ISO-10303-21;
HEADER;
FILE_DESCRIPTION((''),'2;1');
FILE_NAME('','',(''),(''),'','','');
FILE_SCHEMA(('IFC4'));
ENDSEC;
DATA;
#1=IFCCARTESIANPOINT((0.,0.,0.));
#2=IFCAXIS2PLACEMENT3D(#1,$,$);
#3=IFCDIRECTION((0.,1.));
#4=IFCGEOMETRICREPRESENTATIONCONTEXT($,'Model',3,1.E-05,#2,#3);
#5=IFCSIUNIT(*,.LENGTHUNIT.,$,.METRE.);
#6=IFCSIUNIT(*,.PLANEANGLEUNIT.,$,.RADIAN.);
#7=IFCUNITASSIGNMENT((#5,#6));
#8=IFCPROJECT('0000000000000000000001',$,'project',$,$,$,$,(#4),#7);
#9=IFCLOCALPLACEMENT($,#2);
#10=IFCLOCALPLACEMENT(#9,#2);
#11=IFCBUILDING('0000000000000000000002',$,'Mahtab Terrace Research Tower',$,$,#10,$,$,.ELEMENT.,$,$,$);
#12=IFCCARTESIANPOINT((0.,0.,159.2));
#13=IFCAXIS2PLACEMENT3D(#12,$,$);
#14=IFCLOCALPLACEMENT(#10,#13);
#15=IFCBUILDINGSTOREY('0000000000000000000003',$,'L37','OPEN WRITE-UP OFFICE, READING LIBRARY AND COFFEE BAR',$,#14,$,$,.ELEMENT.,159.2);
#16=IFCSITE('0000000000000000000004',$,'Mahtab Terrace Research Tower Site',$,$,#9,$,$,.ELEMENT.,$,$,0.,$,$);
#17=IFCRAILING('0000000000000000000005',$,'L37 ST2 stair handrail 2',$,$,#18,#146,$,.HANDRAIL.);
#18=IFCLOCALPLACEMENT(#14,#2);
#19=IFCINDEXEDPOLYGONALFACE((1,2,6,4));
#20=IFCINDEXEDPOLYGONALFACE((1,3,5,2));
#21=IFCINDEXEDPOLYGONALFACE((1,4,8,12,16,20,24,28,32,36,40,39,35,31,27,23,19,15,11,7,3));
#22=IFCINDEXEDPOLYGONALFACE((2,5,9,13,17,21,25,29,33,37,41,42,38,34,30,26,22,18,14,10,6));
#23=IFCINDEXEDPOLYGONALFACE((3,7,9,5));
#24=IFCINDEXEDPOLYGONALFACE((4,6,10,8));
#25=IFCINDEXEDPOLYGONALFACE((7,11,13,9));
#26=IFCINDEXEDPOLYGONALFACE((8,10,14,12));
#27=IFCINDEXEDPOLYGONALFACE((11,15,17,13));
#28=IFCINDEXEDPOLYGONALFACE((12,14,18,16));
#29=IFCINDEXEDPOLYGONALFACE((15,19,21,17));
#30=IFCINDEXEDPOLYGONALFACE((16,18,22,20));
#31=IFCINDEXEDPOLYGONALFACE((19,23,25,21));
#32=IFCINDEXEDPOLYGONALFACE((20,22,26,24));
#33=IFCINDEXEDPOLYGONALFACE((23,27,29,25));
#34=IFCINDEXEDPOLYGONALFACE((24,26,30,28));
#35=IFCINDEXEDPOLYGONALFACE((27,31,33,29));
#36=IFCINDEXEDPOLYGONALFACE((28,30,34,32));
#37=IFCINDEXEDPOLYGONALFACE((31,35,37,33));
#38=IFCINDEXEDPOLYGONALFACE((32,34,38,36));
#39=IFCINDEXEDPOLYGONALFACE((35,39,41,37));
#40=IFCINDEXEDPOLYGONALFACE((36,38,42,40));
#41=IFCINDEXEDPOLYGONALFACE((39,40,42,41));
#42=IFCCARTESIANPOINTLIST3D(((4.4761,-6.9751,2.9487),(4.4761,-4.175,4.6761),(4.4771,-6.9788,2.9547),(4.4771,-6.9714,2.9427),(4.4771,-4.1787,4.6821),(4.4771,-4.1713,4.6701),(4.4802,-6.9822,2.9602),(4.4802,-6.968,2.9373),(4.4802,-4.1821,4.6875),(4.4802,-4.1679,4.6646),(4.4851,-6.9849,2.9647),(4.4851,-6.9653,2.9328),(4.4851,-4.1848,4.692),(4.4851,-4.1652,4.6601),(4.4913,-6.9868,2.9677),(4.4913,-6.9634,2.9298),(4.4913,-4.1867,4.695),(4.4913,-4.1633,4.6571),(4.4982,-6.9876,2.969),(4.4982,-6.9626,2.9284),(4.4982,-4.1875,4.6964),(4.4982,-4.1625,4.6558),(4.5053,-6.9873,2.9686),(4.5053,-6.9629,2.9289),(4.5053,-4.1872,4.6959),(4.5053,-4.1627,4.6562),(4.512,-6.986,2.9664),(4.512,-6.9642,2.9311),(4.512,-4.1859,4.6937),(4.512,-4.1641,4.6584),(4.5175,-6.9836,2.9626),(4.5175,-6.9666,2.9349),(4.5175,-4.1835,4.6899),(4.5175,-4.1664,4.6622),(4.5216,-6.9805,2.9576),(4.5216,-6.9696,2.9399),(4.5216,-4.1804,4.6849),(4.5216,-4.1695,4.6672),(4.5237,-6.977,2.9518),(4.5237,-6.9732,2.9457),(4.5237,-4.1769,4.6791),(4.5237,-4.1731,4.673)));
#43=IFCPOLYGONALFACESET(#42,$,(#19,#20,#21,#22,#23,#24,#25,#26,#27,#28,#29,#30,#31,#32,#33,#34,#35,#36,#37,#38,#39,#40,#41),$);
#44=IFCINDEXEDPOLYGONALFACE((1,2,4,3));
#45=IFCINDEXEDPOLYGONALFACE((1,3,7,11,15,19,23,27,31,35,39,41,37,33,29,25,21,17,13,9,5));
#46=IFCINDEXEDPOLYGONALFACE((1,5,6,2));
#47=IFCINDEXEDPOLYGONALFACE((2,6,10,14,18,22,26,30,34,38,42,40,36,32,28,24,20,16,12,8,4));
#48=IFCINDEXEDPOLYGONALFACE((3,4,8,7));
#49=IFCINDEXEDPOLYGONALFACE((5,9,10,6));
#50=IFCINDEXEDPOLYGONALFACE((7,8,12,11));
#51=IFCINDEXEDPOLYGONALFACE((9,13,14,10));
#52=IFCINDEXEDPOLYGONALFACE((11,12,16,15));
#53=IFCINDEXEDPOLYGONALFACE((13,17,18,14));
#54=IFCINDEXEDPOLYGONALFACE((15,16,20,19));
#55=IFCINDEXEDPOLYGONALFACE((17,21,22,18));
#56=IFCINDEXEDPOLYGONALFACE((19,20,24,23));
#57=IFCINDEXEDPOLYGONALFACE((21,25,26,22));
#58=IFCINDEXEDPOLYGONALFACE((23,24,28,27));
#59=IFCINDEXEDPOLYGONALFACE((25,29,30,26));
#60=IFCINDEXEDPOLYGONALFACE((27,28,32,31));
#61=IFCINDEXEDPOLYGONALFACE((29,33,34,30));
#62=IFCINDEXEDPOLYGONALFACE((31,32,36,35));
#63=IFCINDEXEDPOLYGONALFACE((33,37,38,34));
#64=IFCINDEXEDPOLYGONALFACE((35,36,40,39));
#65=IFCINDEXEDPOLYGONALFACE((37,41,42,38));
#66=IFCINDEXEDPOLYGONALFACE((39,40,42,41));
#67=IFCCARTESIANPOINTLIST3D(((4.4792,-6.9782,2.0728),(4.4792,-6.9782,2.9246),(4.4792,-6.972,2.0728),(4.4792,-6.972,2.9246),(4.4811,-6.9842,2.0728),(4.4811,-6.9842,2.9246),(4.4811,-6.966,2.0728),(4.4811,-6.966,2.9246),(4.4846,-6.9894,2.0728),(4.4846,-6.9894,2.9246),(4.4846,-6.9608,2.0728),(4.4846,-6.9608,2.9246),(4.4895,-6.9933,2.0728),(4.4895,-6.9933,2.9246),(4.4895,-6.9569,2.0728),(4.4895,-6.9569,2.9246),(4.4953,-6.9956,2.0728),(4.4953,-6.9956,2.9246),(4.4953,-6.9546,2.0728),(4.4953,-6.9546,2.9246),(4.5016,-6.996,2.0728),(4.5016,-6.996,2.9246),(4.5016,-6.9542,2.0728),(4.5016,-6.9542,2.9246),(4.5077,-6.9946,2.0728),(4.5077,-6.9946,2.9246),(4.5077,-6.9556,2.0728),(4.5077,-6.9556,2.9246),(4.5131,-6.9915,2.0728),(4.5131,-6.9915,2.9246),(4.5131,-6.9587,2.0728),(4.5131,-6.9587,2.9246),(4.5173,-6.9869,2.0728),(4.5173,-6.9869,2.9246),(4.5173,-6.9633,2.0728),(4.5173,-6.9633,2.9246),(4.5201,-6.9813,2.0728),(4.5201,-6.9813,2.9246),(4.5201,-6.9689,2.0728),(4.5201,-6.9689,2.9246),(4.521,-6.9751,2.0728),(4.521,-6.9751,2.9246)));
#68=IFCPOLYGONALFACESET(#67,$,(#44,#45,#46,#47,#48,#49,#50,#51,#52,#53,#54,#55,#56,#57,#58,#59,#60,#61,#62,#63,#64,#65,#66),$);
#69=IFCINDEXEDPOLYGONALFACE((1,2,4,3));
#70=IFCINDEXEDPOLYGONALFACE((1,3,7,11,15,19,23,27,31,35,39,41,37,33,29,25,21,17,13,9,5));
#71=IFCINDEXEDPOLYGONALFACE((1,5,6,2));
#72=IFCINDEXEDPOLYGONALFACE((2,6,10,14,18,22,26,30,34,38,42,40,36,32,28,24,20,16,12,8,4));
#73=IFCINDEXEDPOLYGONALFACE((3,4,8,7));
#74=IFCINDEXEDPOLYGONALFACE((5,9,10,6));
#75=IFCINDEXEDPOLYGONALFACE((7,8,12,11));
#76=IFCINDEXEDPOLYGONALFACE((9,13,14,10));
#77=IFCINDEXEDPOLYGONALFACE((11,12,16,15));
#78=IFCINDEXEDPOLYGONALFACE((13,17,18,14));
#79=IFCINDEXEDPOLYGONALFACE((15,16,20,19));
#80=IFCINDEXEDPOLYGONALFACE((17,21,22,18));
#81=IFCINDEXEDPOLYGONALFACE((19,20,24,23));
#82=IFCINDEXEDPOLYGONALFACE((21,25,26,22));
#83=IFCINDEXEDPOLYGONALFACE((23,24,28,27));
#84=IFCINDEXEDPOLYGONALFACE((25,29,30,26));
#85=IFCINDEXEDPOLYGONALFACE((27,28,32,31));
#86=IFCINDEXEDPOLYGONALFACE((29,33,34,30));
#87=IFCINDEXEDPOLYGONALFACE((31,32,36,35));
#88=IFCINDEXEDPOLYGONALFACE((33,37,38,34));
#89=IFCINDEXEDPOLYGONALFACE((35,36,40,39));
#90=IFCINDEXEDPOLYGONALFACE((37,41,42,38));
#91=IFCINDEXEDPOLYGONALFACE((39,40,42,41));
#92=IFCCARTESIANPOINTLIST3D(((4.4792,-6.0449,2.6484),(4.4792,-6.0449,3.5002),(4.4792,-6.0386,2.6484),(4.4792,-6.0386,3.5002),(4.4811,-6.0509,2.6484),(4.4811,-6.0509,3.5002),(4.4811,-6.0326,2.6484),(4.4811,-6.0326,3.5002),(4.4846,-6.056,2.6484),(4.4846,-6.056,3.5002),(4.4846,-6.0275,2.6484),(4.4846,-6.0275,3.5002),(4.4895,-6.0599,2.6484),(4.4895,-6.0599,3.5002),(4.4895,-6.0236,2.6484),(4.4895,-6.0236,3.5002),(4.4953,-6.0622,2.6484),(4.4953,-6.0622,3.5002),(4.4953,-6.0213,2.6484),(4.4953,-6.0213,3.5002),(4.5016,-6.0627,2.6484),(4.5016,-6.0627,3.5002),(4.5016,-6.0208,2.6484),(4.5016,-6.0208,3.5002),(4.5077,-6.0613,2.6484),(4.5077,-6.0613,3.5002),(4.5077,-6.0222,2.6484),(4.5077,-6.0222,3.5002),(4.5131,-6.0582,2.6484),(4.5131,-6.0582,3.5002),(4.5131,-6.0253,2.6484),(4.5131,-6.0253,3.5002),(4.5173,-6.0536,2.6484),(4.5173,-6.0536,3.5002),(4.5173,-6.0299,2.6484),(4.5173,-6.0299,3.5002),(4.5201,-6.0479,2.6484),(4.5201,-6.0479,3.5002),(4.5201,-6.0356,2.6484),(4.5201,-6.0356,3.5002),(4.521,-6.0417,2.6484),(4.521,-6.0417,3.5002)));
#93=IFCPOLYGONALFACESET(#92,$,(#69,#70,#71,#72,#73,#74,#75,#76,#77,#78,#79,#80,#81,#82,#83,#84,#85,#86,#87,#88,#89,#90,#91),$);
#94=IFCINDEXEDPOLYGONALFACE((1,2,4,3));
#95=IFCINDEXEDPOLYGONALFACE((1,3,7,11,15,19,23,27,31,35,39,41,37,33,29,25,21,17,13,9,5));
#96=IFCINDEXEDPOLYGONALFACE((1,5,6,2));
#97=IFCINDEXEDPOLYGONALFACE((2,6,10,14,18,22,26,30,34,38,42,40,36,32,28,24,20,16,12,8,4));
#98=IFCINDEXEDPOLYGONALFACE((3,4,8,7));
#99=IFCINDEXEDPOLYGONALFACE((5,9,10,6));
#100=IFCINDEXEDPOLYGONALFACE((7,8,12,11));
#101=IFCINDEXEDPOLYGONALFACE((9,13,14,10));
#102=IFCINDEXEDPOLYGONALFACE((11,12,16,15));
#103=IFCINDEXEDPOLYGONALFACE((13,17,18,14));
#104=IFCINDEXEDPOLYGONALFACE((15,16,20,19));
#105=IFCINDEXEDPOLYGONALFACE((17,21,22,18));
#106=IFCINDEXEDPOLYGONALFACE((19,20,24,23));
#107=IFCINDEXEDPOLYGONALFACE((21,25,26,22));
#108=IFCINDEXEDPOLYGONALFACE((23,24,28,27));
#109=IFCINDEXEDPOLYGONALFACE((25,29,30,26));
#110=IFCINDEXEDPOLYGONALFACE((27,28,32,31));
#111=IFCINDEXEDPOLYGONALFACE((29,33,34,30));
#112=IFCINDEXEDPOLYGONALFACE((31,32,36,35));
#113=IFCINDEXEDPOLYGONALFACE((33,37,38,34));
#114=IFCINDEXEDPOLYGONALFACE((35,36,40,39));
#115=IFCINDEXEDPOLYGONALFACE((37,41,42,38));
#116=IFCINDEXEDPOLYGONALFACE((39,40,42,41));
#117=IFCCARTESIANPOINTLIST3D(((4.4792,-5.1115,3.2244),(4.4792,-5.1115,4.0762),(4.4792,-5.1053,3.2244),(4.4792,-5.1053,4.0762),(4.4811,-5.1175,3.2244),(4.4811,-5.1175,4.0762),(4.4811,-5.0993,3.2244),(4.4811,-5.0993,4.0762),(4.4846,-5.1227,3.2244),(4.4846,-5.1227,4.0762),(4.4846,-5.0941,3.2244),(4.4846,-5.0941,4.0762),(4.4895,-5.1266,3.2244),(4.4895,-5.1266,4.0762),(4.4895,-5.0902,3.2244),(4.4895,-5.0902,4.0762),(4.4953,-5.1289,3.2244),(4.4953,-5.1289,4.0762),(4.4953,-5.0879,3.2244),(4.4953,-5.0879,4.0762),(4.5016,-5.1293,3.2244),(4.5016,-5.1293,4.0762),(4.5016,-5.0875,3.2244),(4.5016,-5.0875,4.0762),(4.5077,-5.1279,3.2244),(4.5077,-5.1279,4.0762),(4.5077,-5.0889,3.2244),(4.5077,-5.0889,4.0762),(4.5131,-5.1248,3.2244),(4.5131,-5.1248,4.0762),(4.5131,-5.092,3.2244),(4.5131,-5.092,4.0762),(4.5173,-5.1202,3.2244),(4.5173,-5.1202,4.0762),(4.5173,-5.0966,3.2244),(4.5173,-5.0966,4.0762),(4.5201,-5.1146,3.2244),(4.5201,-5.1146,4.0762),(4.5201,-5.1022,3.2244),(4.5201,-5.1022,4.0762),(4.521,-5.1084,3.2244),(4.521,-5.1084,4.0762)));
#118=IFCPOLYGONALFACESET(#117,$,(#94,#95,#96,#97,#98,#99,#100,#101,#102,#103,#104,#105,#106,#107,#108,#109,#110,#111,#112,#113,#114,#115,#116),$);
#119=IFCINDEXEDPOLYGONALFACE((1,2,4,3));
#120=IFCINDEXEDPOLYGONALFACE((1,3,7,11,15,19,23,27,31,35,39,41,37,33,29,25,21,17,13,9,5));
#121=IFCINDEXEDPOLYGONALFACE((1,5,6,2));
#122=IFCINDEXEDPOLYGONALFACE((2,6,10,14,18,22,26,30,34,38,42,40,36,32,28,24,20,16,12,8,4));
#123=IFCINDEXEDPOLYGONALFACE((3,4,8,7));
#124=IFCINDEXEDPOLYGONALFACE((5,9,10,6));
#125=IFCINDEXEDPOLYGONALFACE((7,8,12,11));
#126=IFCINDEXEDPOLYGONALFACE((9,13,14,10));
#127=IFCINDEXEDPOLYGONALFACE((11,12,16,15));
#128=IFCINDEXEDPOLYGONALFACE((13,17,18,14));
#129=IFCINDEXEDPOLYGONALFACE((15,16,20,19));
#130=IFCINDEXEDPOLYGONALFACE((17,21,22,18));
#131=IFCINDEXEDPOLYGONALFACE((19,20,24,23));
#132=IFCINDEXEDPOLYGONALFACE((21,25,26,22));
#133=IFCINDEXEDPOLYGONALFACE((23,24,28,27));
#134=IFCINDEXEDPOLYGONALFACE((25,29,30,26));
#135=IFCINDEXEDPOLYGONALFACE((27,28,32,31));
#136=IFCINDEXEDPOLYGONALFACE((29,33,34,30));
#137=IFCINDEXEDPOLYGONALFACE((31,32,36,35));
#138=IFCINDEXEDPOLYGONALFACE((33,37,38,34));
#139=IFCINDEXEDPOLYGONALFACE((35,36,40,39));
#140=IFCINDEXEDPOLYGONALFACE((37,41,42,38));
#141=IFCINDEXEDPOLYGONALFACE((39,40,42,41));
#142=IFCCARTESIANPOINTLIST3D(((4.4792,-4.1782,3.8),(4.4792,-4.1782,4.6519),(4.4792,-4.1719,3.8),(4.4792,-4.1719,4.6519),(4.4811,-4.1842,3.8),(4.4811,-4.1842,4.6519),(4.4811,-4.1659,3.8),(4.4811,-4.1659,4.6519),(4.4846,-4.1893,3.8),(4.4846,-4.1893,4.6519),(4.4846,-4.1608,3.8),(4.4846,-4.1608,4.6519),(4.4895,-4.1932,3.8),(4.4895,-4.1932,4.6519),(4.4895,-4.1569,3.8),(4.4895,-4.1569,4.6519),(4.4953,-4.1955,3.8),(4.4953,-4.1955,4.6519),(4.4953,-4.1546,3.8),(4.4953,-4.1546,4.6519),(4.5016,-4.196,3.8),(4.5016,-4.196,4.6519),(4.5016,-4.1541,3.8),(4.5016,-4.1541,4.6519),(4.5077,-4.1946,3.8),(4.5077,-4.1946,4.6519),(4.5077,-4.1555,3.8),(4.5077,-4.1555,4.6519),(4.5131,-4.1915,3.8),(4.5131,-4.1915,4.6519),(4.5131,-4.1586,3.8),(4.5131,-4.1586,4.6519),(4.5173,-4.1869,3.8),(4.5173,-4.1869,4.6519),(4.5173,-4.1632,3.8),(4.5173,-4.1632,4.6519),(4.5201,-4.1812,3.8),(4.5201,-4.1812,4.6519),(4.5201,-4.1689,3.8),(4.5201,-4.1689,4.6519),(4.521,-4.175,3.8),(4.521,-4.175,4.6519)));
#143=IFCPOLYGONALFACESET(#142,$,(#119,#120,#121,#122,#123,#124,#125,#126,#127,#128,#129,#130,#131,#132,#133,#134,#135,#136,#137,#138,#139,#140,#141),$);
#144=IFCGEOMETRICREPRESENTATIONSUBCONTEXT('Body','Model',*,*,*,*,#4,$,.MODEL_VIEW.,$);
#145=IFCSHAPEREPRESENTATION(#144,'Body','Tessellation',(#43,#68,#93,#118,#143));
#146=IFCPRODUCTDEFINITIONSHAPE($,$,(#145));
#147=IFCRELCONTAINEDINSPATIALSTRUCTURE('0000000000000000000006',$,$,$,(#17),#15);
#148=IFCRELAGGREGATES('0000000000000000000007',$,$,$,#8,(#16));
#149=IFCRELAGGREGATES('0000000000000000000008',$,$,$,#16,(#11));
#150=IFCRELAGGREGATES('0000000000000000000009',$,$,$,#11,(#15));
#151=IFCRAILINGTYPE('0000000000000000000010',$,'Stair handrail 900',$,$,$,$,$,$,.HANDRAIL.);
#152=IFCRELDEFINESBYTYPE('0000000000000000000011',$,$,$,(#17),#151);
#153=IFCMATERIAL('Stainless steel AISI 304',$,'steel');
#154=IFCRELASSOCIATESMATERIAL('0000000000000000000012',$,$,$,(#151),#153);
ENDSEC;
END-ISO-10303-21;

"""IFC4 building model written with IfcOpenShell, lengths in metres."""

from ifc_helpers import new_model, si_unit, direction, frame, origin, origin_2d, place, context, subcontext, project, spatial, circle, extrude, material, type_object, element, save


model = new_model("IFC4")

# Units and contexts
model_context = context("Model", 3, precision=1e-05, world=origin(), true_north=direction((0.0, 1.0)))
body_context = subcontext(model_context, "Body", "Model", "MODEL_VIEW")
ifc_project = project(units=[si_unit("LENGTHUNIT", "METRE"), si_unit("PLANEANGLEUNIT", "RADIAN")], contexts=[model_context])

# Site, building, storey
site_placement = place(None, origin())
site = spatial("IfcSite", under=ifc_project, at=site_placement, Name="Mahtab Terrace Research Tower Site", CompositionType="ELEMENT", RefElevation=0.0)
building_placement = place(site_placement, origin())
building = spatial("IfcBuilding", under=site, at=building_placement, Name="Mahtab Terrace Research Tower", CompositionType="ELEMENT")
storey_placement = place(building_placement, frame((0.0, 0.0, 159.2)))
storey = spatial("IfcBuildingStorey", under=building, at=storey_placement, Name="L37", Description="OPEN WRITE-UP OFFICE, READING LIBRARY AND COFFEE BAR", CompositionType="ELEMENT", Elevation=159.2)

# Railing
ifc_material_1 = material(Name="Stainless steel AISI 304", Category="steel")
railing_type_1 = type_object("IfcRailingType", Name="Stair handrail 900", PredefinedType="HANDRAIL", material=ifc_material_1)
railing_1_placement = place(storey_placement, frame((4.5, -6.9751, 2.0728)))
element("IfcRailing", 1, at=railing_1_placement, inside=storey, type_object=railing_type_1, Name="L37 ST2 stair handrail 2", PredefinedType="HANDRAIL", context=body_context, shape_type="SweptSolid", body=[
    extrude(circle(Radius=0.0239, at=origin_2d()), frame((0.0, 0.0, 0.876), z_axis=(0.0, 0.85109, 0.52502), x_axis=(-1.0, 0.0, 0.0)), (0.0, 0.0, 1.0), 3.29),
    extrude(circle(Radius=0.021, at=origin_2d()), origin(), (0.0, 0.0, 1.0), 0.8518),
    extrude(circle(Radius=0.021, at=origin_2d()), frame((0.0, 0.9333, 0.5757)), (0.0, 0.0, 1.0), 0.8518),
    extrude(circle(Radius=0.021, at=origin_2d()), frame((0.0, 1.8667, 1.1516)), (0.0, 0.0, 1.0), 0.8518),
    extrude(circle(Radius=0.021, at=origin_2d()), frame((0.0, 2.8, 1.7273)), (0.0, 0.0, 1.0), 0.8518),
])

save(model, "model.ifc")
